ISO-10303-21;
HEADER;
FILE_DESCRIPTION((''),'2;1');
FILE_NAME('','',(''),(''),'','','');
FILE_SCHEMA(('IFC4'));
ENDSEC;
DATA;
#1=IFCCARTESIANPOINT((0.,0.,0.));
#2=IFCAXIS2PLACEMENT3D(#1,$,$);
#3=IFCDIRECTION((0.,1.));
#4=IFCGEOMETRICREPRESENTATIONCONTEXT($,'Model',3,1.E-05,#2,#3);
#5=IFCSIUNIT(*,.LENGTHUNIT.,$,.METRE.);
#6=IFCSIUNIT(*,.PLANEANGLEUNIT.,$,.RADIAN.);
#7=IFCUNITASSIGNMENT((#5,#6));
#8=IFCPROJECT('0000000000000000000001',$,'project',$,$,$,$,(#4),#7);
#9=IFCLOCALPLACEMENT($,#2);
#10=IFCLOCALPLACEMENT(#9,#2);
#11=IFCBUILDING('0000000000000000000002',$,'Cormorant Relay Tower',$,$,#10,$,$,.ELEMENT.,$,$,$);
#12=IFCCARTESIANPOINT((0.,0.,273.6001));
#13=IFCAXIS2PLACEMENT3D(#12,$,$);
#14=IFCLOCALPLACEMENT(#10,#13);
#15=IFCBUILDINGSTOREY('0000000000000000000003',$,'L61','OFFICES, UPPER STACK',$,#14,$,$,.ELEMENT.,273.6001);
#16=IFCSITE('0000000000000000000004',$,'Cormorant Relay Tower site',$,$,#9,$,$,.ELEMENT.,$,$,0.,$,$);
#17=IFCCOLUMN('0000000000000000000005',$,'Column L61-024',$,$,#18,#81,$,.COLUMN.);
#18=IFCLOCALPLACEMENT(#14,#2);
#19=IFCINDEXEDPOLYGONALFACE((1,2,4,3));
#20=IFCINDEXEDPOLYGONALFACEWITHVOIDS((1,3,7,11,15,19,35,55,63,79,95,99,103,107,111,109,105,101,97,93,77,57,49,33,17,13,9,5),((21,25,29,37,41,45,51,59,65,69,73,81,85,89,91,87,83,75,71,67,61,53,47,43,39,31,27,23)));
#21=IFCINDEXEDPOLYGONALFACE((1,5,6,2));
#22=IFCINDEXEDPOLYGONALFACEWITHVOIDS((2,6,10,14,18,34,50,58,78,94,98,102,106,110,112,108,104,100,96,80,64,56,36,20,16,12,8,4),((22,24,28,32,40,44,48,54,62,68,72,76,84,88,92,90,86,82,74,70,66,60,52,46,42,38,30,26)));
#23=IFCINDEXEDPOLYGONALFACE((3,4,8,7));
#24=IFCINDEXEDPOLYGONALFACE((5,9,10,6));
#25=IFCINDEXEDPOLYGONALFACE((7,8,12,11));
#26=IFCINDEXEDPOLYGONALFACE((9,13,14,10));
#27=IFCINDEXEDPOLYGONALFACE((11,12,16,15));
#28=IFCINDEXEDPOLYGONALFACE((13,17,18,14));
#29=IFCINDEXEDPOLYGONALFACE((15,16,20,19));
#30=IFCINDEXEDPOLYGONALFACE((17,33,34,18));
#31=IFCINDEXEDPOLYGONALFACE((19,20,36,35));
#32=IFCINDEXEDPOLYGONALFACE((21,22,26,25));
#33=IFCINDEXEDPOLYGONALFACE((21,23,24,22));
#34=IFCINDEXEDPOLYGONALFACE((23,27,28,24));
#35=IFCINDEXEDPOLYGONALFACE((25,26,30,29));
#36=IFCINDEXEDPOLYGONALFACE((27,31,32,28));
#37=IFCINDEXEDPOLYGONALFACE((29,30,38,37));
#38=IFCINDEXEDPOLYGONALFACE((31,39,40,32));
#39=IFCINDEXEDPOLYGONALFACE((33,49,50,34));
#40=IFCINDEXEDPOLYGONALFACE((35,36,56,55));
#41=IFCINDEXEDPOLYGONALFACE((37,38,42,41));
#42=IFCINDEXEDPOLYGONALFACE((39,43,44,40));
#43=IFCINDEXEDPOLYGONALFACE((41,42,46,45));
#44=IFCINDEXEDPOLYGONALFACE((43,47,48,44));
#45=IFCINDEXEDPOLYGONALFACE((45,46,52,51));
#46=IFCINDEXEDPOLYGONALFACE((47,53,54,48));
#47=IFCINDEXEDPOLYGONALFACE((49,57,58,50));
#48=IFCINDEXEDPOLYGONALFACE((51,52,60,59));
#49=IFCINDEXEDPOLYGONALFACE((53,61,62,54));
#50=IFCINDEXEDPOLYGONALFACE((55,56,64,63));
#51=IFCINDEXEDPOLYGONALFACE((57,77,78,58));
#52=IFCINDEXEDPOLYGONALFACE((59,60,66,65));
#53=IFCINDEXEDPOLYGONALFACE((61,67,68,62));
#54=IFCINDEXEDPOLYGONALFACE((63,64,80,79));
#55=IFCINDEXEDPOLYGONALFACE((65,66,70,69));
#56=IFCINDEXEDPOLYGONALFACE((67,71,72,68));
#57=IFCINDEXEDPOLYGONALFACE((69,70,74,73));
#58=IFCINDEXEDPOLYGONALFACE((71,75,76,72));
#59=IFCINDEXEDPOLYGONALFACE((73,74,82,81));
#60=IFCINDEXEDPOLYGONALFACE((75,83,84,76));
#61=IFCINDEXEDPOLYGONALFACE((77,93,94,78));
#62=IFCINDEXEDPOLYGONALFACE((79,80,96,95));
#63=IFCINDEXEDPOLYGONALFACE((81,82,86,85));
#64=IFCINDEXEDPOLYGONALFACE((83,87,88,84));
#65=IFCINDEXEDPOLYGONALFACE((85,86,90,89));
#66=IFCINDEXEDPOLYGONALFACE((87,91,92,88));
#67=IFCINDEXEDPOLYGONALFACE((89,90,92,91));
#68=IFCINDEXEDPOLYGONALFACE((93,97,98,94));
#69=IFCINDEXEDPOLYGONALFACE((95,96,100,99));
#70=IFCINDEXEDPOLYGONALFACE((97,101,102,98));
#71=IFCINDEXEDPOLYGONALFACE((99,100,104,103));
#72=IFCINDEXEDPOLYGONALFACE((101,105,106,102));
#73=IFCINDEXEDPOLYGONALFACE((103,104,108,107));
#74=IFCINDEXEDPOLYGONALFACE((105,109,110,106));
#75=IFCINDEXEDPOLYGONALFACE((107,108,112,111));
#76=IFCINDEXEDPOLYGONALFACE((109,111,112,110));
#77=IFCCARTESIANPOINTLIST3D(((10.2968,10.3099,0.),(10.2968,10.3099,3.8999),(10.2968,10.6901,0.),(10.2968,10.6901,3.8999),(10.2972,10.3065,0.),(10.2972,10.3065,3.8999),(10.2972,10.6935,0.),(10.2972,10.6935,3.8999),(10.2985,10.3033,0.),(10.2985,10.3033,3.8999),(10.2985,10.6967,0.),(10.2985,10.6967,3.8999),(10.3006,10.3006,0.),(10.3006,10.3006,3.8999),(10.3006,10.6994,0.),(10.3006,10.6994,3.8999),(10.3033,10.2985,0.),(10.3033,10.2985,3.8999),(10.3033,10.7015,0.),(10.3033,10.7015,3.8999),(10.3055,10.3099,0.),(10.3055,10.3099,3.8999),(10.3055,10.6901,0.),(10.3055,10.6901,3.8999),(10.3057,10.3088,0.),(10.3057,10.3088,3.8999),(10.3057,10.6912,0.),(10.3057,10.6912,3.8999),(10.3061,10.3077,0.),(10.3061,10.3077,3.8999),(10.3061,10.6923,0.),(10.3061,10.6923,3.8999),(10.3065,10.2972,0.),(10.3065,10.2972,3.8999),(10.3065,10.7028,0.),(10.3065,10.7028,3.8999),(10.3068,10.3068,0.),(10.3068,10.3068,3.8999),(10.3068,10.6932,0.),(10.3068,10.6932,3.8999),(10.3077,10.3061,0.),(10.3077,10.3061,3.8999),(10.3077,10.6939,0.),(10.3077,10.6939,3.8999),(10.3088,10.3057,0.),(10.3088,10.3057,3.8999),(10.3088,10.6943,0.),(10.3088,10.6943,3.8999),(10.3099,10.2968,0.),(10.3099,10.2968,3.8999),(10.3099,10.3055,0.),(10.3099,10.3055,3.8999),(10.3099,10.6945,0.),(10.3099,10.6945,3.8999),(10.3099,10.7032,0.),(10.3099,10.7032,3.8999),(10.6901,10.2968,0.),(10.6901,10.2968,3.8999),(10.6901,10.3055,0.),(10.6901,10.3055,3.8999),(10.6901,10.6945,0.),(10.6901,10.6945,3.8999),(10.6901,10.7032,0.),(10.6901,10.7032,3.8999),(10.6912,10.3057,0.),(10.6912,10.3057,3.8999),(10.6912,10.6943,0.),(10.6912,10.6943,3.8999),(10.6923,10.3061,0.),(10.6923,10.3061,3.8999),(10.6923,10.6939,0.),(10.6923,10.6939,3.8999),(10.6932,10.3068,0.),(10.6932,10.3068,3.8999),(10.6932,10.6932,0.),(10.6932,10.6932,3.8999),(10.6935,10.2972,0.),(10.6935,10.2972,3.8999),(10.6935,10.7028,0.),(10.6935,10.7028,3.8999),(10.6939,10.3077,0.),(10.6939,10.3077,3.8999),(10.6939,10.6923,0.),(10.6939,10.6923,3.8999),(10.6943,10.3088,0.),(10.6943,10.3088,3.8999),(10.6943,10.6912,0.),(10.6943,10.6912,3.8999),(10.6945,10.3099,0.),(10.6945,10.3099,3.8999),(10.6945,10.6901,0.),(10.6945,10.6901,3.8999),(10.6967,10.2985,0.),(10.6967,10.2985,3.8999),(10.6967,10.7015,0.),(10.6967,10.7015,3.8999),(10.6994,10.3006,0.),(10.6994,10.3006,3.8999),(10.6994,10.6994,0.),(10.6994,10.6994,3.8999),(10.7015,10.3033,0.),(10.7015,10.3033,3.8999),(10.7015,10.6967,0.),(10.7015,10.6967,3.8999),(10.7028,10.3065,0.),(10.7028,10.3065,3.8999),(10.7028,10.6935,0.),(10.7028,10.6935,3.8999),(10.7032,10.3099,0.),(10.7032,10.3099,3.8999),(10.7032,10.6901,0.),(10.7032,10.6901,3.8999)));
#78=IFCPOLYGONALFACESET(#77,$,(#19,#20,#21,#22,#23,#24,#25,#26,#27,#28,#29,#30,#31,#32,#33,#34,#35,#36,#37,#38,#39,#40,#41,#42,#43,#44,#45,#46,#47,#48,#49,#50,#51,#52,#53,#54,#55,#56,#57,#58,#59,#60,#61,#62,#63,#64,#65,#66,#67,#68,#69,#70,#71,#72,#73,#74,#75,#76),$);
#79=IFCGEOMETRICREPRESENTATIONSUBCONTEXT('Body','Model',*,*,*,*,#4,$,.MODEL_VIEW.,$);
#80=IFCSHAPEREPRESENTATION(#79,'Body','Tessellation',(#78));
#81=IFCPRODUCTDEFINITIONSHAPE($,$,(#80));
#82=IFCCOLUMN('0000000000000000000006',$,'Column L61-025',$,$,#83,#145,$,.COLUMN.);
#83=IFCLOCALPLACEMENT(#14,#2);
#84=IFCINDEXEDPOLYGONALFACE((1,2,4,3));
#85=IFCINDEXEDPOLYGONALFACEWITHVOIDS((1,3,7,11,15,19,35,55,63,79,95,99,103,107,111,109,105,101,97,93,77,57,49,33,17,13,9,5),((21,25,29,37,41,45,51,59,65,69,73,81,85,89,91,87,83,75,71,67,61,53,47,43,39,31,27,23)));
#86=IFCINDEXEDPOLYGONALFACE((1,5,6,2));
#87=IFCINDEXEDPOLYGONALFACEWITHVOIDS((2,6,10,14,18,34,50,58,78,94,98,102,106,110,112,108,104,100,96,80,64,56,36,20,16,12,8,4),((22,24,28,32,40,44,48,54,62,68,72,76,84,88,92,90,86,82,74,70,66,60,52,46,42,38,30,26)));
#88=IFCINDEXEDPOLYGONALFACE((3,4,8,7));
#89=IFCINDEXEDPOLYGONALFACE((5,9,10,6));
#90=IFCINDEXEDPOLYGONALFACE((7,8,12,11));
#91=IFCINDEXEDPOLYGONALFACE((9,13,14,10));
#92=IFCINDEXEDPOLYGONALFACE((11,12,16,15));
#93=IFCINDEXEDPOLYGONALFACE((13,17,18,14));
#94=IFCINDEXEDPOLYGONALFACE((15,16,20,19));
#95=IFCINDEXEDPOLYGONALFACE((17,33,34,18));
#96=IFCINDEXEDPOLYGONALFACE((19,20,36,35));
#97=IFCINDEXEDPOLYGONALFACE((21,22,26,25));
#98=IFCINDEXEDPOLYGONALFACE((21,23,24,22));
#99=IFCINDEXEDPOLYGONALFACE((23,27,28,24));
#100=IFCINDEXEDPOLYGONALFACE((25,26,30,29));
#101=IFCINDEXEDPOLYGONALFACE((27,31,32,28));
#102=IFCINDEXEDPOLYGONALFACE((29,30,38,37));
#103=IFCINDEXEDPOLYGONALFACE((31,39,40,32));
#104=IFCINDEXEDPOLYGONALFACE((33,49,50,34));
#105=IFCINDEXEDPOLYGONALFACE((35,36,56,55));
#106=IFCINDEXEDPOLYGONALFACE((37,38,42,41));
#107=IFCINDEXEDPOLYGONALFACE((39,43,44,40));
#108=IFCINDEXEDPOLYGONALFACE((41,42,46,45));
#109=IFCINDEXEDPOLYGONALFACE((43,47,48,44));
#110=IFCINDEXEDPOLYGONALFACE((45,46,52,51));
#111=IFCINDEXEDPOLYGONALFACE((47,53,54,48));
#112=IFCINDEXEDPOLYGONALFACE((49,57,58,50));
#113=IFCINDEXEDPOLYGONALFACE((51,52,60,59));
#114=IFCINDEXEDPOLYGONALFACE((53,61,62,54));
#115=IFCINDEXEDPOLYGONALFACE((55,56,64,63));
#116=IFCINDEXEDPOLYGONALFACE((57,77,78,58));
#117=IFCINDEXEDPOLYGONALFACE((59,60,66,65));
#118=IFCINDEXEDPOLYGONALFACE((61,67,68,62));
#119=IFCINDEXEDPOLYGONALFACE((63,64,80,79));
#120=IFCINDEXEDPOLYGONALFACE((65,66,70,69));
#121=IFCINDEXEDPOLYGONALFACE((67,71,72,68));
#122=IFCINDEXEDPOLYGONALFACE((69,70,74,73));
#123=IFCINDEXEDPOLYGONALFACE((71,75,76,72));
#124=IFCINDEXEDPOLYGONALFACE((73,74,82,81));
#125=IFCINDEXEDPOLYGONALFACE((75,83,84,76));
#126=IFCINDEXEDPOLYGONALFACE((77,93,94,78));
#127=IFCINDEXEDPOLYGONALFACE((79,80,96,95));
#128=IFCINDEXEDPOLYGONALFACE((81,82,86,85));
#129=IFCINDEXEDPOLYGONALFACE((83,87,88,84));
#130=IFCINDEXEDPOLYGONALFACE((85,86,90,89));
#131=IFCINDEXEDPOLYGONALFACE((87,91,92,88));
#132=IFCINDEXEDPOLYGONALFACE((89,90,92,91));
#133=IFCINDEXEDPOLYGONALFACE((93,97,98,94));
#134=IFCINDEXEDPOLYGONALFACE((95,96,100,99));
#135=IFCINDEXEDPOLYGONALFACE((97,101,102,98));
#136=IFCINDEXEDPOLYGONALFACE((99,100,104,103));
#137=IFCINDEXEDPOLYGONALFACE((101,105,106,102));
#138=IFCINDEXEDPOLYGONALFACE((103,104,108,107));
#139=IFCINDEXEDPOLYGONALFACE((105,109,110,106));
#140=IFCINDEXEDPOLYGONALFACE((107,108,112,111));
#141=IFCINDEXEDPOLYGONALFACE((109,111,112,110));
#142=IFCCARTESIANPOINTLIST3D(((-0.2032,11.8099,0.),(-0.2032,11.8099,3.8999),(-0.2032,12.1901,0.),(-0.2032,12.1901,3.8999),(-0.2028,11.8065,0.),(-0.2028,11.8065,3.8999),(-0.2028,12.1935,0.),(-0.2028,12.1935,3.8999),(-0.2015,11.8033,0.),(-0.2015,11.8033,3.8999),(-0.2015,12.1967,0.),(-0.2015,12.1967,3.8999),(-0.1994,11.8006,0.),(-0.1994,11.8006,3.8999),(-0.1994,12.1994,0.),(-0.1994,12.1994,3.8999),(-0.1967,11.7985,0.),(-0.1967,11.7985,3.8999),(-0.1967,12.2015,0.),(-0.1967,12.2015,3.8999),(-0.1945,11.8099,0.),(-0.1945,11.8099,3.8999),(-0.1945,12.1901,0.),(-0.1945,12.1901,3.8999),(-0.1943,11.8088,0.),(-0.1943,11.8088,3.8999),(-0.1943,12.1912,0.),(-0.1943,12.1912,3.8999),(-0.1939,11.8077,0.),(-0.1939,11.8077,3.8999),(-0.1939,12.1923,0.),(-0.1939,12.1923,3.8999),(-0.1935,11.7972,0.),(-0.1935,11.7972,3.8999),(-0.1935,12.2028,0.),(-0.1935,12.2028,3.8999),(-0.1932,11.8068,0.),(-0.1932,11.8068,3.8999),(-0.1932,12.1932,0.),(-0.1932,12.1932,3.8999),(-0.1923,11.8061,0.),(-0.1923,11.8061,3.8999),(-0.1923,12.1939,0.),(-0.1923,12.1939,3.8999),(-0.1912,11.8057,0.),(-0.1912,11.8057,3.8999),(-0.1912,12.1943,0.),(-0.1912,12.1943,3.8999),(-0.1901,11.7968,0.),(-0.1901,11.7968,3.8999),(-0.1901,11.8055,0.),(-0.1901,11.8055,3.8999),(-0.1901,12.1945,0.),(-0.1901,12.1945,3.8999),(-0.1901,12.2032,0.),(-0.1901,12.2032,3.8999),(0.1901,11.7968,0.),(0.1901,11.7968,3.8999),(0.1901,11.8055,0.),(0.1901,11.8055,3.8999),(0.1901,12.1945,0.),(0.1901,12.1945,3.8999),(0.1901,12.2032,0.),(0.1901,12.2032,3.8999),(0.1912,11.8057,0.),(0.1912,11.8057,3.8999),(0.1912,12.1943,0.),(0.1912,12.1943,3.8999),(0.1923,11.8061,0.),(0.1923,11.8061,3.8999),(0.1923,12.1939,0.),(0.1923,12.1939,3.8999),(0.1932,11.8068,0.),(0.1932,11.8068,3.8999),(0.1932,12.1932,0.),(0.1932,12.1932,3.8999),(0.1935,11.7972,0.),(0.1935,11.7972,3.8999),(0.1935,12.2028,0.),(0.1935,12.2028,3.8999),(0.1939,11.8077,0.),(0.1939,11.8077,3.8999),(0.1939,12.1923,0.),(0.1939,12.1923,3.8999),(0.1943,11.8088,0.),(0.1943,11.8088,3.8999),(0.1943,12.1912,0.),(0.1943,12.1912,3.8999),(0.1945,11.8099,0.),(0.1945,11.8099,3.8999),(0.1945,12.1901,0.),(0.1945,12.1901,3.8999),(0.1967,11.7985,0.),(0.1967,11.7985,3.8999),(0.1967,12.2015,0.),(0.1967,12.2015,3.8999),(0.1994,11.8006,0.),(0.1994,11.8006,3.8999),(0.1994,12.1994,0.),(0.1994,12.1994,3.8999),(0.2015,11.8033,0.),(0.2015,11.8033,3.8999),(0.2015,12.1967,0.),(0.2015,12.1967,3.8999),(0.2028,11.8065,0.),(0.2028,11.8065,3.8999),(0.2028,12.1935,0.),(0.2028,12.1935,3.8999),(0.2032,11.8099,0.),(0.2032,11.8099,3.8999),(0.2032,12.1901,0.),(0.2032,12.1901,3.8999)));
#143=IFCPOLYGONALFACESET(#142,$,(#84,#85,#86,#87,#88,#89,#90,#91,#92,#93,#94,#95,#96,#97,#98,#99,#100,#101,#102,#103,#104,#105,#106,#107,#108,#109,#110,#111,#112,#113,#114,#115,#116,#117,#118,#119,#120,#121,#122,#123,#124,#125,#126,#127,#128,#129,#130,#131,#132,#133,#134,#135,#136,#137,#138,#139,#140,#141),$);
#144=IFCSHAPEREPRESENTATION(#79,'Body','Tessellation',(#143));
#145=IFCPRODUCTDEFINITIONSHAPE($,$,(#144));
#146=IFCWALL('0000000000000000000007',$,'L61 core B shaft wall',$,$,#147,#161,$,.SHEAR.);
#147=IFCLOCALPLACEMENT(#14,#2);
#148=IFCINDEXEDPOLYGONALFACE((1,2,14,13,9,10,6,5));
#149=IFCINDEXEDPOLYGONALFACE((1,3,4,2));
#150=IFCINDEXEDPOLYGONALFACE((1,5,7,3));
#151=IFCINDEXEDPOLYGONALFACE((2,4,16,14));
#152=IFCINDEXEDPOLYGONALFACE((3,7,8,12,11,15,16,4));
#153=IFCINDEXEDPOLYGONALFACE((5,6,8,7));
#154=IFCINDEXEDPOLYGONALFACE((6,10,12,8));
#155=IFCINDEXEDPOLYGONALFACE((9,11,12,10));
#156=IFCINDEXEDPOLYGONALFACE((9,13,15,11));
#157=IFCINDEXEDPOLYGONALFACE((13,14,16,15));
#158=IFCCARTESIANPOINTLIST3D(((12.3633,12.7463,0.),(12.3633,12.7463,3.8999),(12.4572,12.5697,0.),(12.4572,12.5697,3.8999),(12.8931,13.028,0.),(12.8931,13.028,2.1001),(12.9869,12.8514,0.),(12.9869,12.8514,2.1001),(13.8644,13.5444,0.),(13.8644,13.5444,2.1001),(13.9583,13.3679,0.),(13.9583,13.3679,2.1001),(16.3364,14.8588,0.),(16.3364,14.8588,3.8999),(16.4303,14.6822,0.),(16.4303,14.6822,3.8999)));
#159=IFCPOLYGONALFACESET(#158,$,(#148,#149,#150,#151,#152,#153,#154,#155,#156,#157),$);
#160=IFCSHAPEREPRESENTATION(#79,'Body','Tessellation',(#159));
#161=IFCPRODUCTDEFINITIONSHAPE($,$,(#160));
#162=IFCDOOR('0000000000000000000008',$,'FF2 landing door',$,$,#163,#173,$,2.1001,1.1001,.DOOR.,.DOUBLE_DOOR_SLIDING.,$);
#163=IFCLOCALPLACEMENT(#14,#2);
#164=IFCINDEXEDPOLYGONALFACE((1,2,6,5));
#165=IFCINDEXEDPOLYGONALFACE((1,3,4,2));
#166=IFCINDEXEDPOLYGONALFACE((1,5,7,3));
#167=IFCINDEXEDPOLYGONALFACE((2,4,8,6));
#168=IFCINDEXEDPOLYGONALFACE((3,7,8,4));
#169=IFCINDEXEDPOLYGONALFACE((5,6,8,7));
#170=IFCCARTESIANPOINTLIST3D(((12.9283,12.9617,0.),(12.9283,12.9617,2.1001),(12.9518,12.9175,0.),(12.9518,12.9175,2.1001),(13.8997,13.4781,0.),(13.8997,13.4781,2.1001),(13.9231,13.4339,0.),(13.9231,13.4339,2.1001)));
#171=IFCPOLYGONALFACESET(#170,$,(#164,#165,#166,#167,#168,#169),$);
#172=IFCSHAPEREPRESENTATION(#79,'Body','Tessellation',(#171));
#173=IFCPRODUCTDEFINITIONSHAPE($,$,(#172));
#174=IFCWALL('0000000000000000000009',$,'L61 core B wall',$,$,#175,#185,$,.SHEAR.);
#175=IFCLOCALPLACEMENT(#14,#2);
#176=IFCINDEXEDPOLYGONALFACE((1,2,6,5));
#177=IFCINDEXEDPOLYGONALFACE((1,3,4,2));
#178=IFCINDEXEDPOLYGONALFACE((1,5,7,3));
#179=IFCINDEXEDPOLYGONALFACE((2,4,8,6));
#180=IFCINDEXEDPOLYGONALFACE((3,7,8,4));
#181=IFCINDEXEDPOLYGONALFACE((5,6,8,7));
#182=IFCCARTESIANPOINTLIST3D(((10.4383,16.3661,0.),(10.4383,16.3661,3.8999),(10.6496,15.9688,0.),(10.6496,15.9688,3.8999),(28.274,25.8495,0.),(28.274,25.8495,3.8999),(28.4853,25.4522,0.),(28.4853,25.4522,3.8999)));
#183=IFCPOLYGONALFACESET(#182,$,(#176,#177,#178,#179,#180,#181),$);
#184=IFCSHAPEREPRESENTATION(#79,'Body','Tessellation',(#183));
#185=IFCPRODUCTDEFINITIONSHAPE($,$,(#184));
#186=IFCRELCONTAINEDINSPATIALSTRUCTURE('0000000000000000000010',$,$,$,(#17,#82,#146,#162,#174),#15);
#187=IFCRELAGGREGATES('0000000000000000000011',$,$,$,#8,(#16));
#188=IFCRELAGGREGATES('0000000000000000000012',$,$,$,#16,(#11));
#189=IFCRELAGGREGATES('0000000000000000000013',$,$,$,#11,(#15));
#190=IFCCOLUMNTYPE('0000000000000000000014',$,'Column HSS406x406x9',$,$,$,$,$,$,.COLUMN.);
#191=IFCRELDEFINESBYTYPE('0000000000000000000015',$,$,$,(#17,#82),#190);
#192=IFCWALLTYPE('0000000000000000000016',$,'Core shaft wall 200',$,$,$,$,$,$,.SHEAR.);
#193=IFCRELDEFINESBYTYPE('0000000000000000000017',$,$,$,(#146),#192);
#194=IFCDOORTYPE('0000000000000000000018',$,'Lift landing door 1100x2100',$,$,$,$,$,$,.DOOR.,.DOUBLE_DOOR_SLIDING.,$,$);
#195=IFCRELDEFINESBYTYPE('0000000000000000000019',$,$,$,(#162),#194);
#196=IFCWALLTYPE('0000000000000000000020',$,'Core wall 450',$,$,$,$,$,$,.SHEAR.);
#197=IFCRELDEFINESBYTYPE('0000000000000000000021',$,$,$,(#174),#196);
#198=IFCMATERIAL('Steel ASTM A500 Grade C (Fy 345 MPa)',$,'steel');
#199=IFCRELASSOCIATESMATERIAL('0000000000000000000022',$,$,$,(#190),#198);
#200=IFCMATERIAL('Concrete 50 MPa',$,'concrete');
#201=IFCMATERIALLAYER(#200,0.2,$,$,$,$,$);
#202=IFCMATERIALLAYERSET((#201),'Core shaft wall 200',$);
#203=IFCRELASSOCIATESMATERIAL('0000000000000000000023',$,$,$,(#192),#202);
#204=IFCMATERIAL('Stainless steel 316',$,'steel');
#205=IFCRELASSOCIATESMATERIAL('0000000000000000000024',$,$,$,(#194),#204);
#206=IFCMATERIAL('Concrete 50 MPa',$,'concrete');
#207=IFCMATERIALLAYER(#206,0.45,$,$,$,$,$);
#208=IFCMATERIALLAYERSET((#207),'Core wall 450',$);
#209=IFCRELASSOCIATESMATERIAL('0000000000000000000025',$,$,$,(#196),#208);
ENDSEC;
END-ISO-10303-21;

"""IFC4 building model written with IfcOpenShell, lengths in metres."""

from ifc_helpers import new_model, si_unit, direction, frame, frame_2d, origin, origin_2d, place, context, subcontext, project, spatial, rectangle, hollow_rectangle, extrude, material, layer, layer_set, material_profile, profile_set, type_object, element, fill, save


model = new_model("IFC4")

# Units and contexts
model_context = context("Model", 3, precision=1e-05, world=origin(), true_north=direction((0.0, 1.0)))
body_context = subcontext(model_context, "Body", "Model", "MODEL_VIEW")
ifc_project = project(units=[si_unit("LENGTHUNIT", "METRE"), si_unit("PLANEANGLEUNIT", "RADIAN")], contexts=[model_context])

# Site, building, storey
site_placement = place(None, origin())
site = spatial("IfcSite", under=ifc_project, at=site_placement, Name="Cormorant Relay Tower site", CompositionType="ELEMENT", RefElevation=0.0)
building_placement = place(site_placement, origin())
building = spatial("IfcBuilding", under=site, at=building_placement, Name="Cormorant Relay Tower", CompositionType="ELEMENT")
storey_placement = place(building_placement, frame((0.0, 0.0, 273.6001)))
storey = spatial("IfcBuildingStorey", under=building, at=storey_placement, Name="L61", Description="OFFICES, UPPER STACK", CompositionType="ELEMENT", Elevation=273.6001)

# Columns
ifc_material_1 = material(Name="Steel ASTM A500 Grade C (Fy 345 MPa)", Category="steel")
ifc_material_profile = material_profile(ifc_material_1, hollow_rectangle(XDim=0.4065, YDim=0.4065, WallThickness=0.0088, InnerFilletRadius=0.0044, OuterFilletRadius=0.0132, at=origin_2d()), Name="HSS406x406x9")
ifc_profile_set = profile_set([ifc_material_profile], Name="Steel ASTM A500 Grade C (Fy 345 MPa)")
column_type = type_object("IfcColumnType", Name="Column HSS406x406x9", PredefinedType="COLUMN", material=ifc_profile_set)
for number, where, z_axis, x_axis, name in (
    (1, (10.5, 10.5, 0.0), (0.0, 0.0, 1.0), (1.0, 0.0, 0.0), "Column L61-024"),
    (2, (0.0, 12.0, 0.0), (0.0, 0.0, 1.0), (1.0, 0.0, 0.0), "Column L61-025"),
):
    element("IfcColumn", number, at=place(storey_placement, frame(where, z_axis=z_axis, x_axis=x_axis)), inside=storey, type_object=column_type, Name=name, PredefinedType="COLUMN", context=body_context, shape_type="SweptSolid", body=[
        extrude(hollow_rectangle(XDim=0.4065, YDim=0.4065, WallThickness=0.0088, InnerFilletRadius=0.0044, OuterFilletRadius=0.0132, at=origin_2d()), origin(), (0.0, 0.0, 1.0), 3.8999),
    ])

# Wall, opening, door
ifc_material_2 = material(Name="Concrete 50 MPa", Category="concrete")
ifc_layer_1 = layer(ifc_material_2, 0.2)
ifc_layer_set_1 = layer_set([ifc_layer_1], Name="Core shaft wall 200")
wall_type_1 = type_object("IfcWallType", Name="Core shaft wall 200", PredefinedType="SHEAR", material=ifc_layer_set_1)
wall_1_placement = place(storey_placement, frame((12.4102, 12.658, 0.0), z_axis=(0.0, 0.0, 1.0), x_axis=(0.882948, 0.46947, 0.0)))
wall_1 = element("IfcWall", 3, at=wall_1_placement, inside=storey, type_object=wall_type_1, Name="L61 core B shaft wall", PredefinedType="SHEAR", context=body_context, shape_type="SweptSolid", body=[
    extrude(rectangle(XDim=4.4998, YDim=0.2, at=frame_2d((2.25, 0.0))), origin(), (0.0, 0.0, 1.0), 3.8999),
])
opening_1_placement = place(wall_1_placement, frame((0.6001, 0.0, 0.0)))
opening_1 = element("IfcOpeningElement", 4, at=opening_1_placement, cuts=wall_1, PredefinedType="OPENING", context=body_context, shape_type="SweptSolid", body=[
    extrude(rectangle(XDim=1.1001, YDim=2.1001, at=frame_2d((0.55, 1.05))), frame((0.0, 0.1099, 0.0), z_axis=(0.0, -1.0, 0.0), x_axis=(1.0, 0.0, 0.0)), (0.0, 0.0, 1.0), 0.22),
])
ifc_material_3 = material(Name="Stainless steel 316", Category="steel")
door_type_1 = type_object("IfcDoorType", Name="Lift landing door 1100x2100", OperationType="DOUBLE_DOOR_SLIDING", PredefinedType="DOOR", material=ifc_material_3)
door_1_placement = place(opening_1_placement, origin())
door_1 = element("IfcDoor", 5, at=door_1_placement, inside=storey, type_object=door_type_1, Name="FF2 landing door", OperationType="DOUBLE_DOOR_SLIDING", OverallHeight=2.1001, OverallWidth=1.1001, PredefinedType="DOOR", context=body_context, shape_type="SweptSolid", body=[
    extrude(rectangle(XDim=1.1001, YDim=2.1001, at=frame_2d((0.55, 1.05))), frame((0.0, 0.0249, 0.0), z_axis=(0.0, -1.0, 0.0), x_axis=(1.0, 0.0, 0.0)), (0.0, 0.0, 1.0), 0.05),
])
fill(opening_1, door_1)

# Wall
ifc_material_4 = material(Name="Concrete 50 MPa", Category="concrete")
ifc_layer_2 = layer(ifc_material_4, 0.45)
ifc_layer_set_2 = layer_set([ifc_layer_2], Name="Core wall 450")
wall_type_2 = type_object("IfcWallType", Name="Core wall 450", PredefinedType="SHEAR", material=ifc_layer_set_2)
wall_2_placement = place(storey_placement, frame((10.5439, 16.1675, 0.0), z_axis=(0.0, 0.0, 1.0), x_axis=(0.882948, 0.469471, 0.0)))
element("IfcWall", 6, at=wall_2_placement, inside=storey, type_object=wall_type_2, Name="L61 core B wall", PredefinedType="SHEAR", context=body_context, shape_type="SweptSolid", body=[
    extrude(rectangle(XDim=20.2002, YDim=0.45, at=frame_2d((10.1001, 0.0))), origin(), (0.0, 0.0, 1.0), 3.8999),
])

save(model, "model.ifc")
